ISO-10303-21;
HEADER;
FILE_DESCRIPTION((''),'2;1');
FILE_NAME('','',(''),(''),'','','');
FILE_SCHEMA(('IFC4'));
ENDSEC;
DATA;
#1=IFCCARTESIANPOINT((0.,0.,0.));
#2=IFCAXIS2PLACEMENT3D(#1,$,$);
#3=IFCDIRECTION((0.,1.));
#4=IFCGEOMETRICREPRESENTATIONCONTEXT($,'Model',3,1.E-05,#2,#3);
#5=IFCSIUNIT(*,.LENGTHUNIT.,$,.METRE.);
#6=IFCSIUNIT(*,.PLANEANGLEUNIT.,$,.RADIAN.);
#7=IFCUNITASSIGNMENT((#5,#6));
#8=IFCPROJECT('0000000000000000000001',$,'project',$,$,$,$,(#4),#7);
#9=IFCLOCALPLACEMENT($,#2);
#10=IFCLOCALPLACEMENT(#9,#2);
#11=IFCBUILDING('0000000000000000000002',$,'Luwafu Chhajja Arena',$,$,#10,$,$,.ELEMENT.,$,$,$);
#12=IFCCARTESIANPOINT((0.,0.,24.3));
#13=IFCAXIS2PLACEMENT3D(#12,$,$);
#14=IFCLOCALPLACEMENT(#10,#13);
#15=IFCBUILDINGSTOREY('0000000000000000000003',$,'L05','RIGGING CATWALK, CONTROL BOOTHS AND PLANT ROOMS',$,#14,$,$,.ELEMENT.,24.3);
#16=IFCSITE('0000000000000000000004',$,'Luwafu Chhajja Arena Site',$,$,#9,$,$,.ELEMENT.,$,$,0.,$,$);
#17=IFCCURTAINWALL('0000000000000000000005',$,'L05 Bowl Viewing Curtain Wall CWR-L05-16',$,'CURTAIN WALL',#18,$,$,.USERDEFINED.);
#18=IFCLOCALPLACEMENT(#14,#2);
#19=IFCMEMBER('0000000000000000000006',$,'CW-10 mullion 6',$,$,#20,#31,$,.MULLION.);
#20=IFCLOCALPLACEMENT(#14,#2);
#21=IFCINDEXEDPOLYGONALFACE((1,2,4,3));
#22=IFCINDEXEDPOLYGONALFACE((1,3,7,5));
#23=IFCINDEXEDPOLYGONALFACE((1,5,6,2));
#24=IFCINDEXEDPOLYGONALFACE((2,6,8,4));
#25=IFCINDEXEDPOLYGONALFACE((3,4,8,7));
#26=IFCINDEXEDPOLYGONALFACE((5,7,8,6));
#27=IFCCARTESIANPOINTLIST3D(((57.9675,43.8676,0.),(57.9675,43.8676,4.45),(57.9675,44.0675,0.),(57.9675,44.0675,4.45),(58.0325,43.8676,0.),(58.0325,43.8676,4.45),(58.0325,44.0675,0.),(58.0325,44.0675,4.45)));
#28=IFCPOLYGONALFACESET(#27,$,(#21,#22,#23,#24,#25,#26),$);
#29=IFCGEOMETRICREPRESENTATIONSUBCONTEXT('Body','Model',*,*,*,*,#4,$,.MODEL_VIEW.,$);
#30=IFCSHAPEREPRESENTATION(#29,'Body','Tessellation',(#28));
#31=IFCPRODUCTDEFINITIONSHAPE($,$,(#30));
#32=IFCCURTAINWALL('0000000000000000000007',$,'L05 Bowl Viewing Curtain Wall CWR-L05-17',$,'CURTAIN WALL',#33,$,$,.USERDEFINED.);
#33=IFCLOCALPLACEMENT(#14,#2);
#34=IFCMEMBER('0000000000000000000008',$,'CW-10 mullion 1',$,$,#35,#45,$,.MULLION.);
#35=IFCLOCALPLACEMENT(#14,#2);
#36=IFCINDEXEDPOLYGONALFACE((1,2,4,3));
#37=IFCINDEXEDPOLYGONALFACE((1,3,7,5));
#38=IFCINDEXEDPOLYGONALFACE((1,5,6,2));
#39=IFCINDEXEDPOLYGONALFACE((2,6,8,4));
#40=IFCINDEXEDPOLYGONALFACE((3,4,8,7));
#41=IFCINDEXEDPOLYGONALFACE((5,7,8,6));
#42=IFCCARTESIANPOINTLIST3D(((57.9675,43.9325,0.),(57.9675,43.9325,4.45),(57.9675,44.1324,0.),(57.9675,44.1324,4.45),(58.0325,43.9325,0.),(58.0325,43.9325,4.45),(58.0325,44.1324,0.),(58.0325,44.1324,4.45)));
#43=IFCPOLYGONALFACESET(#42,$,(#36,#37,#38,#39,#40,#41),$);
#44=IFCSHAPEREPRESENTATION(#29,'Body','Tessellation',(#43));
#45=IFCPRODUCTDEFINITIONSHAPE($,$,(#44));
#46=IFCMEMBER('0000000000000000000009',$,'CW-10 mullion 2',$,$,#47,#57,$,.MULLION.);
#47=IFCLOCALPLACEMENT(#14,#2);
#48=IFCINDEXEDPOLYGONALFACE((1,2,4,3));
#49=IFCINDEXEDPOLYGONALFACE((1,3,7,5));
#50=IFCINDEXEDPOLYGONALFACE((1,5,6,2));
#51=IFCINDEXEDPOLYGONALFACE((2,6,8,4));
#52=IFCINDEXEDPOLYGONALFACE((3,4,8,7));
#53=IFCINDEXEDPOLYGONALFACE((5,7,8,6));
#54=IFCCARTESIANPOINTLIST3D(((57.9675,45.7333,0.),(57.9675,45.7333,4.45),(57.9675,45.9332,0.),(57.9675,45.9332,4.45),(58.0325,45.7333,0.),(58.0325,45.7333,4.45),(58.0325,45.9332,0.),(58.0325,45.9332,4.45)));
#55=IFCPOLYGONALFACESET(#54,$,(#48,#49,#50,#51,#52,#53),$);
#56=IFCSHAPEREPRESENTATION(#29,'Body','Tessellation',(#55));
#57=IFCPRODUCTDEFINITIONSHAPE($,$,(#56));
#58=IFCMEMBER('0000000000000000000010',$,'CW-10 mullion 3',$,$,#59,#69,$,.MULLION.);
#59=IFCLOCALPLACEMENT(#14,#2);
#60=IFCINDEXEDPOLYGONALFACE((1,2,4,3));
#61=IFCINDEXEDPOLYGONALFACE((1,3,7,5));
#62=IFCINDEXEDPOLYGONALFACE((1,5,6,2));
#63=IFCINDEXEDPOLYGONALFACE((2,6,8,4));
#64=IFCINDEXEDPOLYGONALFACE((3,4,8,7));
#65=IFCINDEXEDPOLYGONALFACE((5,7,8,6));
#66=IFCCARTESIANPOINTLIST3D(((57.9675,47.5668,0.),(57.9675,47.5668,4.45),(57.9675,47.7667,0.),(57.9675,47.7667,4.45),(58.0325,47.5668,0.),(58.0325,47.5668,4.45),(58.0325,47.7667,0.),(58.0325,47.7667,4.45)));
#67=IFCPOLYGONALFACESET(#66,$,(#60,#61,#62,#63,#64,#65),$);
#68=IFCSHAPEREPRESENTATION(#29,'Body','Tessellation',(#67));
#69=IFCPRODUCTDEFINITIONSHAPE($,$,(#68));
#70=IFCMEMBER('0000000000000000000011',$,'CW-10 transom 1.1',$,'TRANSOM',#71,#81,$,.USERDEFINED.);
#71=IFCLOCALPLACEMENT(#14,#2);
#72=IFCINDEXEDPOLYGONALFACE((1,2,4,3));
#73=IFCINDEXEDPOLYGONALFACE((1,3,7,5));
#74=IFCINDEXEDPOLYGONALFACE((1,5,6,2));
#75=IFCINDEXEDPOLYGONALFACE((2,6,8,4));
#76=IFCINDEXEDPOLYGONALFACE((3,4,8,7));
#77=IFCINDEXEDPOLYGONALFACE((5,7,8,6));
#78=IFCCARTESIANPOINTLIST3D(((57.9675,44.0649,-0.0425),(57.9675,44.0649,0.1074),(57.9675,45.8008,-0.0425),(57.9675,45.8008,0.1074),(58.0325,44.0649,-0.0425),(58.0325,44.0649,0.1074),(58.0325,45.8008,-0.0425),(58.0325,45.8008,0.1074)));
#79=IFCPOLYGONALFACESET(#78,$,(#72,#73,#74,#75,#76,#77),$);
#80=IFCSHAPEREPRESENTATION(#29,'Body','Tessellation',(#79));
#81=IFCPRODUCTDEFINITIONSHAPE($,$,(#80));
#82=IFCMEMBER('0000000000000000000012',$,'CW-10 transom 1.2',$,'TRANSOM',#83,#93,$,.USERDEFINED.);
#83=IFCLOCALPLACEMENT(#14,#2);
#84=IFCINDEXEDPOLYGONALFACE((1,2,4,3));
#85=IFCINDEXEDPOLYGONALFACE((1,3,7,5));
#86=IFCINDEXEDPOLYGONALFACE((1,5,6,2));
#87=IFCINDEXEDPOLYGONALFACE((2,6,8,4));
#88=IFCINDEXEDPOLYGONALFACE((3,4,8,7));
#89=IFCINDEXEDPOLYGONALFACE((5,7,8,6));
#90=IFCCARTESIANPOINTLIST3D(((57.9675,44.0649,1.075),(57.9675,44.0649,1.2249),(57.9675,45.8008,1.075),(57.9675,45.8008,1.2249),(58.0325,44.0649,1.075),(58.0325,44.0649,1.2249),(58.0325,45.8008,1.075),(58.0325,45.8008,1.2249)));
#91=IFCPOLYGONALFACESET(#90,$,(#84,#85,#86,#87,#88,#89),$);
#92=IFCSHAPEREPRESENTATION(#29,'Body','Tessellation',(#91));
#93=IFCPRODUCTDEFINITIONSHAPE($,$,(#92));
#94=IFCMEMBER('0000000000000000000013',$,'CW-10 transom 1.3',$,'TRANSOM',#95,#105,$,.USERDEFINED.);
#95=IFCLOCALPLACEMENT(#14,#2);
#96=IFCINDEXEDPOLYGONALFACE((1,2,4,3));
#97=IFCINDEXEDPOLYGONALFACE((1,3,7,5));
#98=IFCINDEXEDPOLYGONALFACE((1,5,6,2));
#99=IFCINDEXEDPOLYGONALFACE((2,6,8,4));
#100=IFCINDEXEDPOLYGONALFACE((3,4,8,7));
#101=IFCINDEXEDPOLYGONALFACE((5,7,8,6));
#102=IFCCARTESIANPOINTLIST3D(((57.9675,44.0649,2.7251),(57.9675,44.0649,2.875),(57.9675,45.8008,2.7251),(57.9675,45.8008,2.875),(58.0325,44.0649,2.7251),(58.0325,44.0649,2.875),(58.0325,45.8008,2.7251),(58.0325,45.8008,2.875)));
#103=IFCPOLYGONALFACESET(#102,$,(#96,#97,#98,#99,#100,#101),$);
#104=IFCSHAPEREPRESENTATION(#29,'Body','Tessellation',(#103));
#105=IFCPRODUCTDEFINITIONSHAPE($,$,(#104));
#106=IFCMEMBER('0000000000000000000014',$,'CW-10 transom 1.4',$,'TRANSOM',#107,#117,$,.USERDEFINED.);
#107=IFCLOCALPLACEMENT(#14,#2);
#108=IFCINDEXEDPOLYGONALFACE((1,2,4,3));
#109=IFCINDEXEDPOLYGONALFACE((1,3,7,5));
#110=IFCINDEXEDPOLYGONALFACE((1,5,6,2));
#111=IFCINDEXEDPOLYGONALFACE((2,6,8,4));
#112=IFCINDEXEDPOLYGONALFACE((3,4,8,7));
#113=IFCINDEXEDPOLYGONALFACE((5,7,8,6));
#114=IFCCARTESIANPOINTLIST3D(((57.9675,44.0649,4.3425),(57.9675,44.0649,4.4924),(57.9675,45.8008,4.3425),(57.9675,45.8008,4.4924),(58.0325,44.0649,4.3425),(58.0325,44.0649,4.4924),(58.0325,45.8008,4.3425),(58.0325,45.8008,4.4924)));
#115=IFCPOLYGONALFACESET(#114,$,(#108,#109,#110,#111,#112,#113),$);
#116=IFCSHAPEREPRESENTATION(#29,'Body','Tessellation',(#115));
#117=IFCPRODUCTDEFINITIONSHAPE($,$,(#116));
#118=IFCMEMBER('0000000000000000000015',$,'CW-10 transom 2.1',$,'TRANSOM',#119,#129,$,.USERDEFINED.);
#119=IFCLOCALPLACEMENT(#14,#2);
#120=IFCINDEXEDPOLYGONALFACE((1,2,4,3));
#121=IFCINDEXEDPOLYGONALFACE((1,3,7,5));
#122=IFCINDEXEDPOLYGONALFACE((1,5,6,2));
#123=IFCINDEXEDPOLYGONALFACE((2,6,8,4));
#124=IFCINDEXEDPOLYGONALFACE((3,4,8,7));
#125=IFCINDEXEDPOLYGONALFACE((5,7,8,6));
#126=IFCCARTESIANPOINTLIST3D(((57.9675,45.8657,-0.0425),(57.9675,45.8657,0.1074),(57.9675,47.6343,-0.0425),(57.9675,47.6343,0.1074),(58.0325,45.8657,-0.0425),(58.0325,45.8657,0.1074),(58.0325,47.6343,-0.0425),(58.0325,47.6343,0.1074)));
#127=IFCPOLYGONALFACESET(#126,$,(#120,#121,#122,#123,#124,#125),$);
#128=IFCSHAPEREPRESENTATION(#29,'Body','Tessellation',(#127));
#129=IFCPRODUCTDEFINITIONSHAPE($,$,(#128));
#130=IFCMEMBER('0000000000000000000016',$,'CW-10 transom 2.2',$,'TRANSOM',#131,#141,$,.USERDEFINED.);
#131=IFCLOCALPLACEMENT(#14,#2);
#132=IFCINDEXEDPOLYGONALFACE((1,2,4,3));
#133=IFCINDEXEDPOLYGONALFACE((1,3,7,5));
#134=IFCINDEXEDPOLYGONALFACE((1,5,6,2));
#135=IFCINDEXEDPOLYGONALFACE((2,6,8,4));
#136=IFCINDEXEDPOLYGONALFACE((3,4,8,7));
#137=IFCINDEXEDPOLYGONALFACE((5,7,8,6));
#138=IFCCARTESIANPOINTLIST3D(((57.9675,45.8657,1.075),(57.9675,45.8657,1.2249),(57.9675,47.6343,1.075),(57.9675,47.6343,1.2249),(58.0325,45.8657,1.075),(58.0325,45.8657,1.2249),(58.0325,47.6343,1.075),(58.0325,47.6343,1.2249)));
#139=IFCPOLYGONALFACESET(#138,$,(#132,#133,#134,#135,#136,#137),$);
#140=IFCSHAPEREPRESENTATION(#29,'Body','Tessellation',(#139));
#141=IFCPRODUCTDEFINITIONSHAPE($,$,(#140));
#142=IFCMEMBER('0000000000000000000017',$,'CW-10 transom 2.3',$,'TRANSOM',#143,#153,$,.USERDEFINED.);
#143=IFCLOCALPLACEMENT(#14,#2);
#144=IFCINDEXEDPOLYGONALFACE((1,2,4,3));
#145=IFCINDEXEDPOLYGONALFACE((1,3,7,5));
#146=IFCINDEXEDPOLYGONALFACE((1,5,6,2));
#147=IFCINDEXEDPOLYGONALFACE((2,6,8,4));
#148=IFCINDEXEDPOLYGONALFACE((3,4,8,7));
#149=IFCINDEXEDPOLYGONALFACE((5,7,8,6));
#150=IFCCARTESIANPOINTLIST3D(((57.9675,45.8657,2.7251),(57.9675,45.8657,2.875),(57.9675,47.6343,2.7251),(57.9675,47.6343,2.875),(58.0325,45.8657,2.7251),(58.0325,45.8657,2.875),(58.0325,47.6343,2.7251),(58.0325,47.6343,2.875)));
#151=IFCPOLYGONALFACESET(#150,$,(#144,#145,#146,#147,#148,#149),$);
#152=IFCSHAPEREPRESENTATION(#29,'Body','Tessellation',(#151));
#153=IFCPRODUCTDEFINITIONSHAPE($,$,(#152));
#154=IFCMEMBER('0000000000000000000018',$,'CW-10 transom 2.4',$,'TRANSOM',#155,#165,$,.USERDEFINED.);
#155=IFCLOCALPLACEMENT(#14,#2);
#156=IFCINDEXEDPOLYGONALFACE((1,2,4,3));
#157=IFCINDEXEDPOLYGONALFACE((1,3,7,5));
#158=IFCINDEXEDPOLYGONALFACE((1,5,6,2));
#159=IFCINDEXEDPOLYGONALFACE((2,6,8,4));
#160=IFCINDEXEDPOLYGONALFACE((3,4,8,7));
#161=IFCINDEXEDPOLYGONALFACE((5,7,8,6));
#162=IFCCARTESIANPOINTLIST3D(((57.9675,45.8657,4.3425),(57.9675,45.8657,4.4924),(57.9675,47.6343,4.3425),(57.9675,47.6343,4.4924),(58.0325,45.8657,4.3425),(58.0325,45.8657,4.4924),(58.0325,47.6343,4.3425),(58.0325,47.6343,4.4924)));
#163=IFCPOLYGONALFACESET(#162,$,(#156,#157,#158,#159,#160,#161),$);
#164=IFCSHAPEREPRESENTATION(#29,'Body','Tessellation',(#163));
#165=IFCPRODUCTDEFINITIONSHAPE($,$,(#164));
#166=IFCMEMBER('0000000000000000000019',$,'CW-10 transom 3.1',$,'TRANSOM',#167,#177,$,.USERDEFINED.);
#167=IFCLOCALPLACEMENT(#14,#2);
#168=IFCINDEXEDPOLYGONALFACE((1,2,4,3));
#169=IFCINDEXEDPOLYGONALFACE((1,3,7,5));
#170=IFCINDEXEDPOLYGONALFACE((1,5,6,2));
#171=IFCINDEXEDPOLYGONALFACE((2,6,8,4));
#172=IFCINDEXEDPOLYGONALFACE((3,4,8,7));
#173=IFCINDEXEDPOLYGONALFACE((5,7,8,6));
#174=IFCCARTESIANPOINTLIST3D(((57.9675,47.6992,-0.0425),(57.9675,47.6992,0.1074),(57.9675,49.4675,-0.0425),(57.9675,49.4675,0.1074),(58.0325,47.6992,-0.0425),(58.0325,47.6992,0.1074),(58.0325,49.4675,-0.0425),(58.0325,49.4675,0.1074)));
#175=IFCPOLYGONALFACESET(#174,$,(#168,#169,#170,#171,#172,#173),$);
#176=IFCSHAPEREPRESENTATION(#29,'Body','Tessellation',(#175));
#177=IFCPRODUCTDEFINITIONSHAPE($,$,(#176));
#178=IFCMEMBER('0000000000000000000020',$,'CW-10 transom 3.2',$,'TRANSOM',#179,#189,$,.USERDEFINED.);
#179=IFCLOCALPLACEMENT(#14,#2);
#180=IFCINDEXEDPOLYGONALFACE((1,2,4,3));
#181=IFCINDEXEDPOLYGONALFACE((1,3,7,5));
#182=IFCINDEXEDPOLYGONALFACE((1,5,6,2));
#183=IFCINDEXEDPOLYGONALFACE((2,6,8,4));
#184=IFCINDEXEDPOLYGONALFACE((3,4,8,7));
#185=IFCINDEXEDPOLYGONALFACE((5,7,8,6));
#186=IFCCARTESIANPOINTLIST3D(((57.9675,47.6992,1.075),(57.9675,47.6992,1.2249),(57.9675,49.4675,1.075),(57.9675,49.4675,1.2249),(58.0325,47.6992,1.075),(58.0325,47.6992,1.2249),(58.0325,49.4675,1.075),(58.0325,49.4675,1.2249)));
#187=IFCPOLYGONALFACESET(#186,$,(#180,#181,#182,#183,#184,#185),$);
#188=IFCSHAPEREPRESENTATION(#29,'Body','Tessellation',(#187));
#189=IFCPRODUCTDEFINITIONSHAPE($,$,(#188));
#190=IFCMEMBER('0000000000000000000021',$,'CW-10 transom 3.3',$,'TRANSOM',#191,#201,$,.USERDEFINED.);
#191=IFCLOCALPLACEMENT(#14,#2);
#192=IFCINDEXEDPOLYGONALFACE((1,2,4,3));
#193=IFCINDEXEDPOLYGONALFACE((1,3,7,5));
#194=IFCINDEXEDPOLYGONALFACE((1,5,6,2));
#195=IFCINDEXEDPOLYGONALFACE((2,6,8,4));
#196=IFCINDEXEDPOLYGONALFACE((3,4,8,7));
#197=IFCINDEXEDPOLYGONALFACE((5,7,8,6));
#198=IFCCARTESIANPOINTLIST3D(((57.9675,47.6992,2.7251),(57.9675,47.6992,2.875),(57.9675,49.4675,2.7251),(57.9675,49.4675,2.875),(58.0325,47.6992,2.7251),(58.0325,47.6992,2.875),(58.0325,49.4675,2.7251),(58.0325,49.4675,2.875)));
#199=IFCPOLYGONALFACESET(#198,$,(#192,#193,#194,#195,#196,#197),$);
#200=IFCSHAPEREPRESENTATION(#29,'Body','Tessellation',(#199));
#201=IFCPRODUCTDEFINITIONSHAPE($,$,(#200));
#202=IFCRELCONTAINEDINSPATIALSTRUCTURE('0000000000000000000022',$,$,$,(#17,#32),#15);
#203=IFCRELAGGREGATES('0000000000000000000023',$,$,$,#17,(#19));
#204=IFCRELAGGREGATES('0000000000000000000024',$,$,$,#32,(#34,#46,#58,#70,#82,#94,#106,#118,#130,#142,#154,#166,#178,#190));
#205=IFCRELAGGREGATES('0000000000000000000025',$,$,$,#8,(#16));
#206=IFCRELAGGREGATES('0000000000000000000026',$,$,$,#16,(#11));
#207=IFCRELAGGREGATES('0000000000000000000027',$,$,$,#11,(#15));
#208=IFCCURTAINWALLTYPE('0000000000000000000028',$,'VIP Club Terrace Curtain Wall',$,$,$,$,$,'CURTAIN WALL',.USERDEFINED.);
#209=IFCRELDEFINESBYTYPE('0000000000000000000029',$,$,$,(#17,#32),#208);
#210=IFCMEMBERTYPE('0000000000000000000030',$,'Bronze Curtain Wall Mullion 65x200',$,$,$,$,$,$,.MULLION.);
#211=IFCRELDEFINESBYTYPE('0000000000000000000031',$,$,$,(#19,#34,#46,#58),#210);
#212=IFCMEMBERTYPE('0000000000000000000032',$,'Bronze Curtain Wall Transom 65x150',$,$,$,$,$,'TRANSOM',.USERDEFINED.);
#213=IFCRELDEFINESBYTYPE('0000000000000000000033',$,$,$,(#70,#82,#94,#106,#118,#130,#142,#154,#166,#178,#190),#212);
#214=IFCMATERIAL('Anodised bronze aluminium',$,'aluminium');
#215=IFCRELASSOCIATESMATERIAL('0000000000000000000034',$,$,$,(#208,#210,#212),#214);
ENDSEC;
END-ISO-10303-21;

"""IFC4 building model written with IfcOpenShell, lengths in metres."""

from ifc_helpers import new_model, si_unit, direction, frame, origin, origin_2d, place, context, subcontext, project, spatial, rectangle, extrude, material, material_profile, profile_set, type_object, element, aggregate, save


model = new_model("IFC4")

# Units and contexts
model_context = context("Model", 3, precision=1e-05, world=origin(), true_north=direction((0.0, 1.0)))
body_context = subcontext(model_context, "Body", "Model", "MODEL_VIEW")
ifc_project = project(units=[si_unit("LENGTHUNIT", "METRE"), si_unit("PLANEANGLEUNIT", "RADIAN")], contexts=[model_context])

# Site, building, storey
site_placement = place(None, origin())
site = spatial("IfcSite", under=ifc_project, at=site_placement, Name="Luwafu Chhajja Arena Site", CompositionType="ELEMENT", RefElevation=0.0)
building_placement = place(site_placement, origin())
building = spatial("IfcBuilding", under=site, at=building_placement, Name="Luwafu Chhajja Arena", CompositionType="ELEMENT")
storey_placement = place(building_placement, frame((0.0, 0.0, 24.3)))
storey = spatial("IfcBuildingStorey", under=building, at=storey_placement, Name="L05", Description="RIGGING CATWALK, CONTROL BOOTHS AND PLANT ROOMS", CompositionType="ELEMENT", Elevation=24.3)

# Curtain wall, member
ifc_material_1 = material(Name="Anodised bronze aluminium", Category="aluminium")
curtain_wall_type = type_object("IfcCurtainWallType", Name="VIP Club Terrace Curtain Wall", ElementType="CURTAIN WALL", PredefinedType="USERDEFINED", material=ifc_material_1)
curtain_wall_1_placement = place(storey_placement, origin())
curtain_wall_1 = element("IfcCurtainWall", 1, at=curtain_wall_1_placement, inside=storey, type_object=curtain_wall_type, Name="L05 Bowl Viewing Curtain Wall CWR-L05-16", ObjectType="CURTAIN WALL", PredefinedType="USERDEFINED")
ifc_material_profile_1 = material_profile(ifc_material_1, rectangle(XDim=0.0649, YDim=0.2, at=origin_2d()), Name="CWM 65x200")
ifc_profile_set_1 = profile_set([ifc_material_profile_1], Name="Anodised bronze aluminium")
member_type_1 = type_object("IfcMemberType", Name="Bronze Curtain Wall Mullion 65x200", PredefinedType="MULLION", material=ifc_profile_set_1)
member_1_placement = place(storey_placement, frame((58.0, 43.9675, 0.0), z_axis=(0.0, 0.0, 1.0), x_axis=(-1.0, 0.0, 0.0)))
member_1 = element("IfcMember", 2, at=member_1_placement, type_object=member_type_1, Name="CW-10 mullion 6", PredefinedType="MULLION", context=body_context, shape_type="SweptSolid", body=[
    extrude(rectangle(XDim=0.0649, YDim=0.2, at=origin_2d()), origin(), (0.0, 0.0, 1.0), 4.45),
])

# Curtain wall, members
curtain_wall_2_placement = place(storey_placement, origin())
curtain_wall_2 = element("IfcCurtainWall", 3, at=curtain_wall_2_placement, inside=storey, type_object=curtain_wall_type, Name="L05 Bowl Viewing Curtain Wall CWR-L05-17", ObjectType="CURTAIN WALL", PredefinedType="USERDEFINED")
member_2_placement = place(storey_placement, frame((58.0, 44.0325, 0.0), z_axis=(0.0, 0.0, 1.0), x_axis=(-1.0, 0.0, 0.0)))
member_2 = element("IfcMember", 4, at=member_2_placement, type_object=member_type_1, Name="CW-10 mullion 1", PredefinedType="MULLION", context=body_context, shape_type="SweptSolid", body=[
    extrude(rectangle(XDim=0.0649, YDim=0.2, at=origin_2d()), origin(), (0.0, 0.0, 1.0), 4.45),
])
member_3_placement = place(storey_placement, frame((58.0, 45.8333, 0.0), z_axis=(0.0, 0.0, 1.0), x_axis=(-1.0, 0.0, 0.0)))
member_3 = element("IfcMember", 5, at=member_3_placement, type_object=member_type_1, Name="CW-10 mullion 2", PredefinedType="MULLION", context=body_context, shape_type="SweptSolid", body=[
    extrude(rectangle(XDim=0.0649, YDim=0.2, at=origin_2d()), origin(), (0.0, 0.0, 1.0), 4.45),
])
member_4_placement = place(storey_placement, frame((58.0, 47.6667, 0.0), z_axis=(0.0, 0.0, 1.0), x_axis=(-1.0, 0.0, 0.0)))
member_4 = element("IfcMember", 6, at=member_4_placement, type_object=member_type_1, Name="CW-10 mullion 3", PredefinedType="MULLION", context=body_context, shape_type="SweptSolid", body=[
    extrude(rectangle(XDim=0.0649, YDim=0.2, at=origin_2d()), origin(), (0.0, 0.0, 1.0), 4.45),
])
ifc_material_profile_2 = material_profile(ifc_material_1, rectangle(XDim=0.0649, YDim=0.1499, at=origin_2d()), Name="CWT 65x150")
ifc_profile_set_2 = profile_set([ifc_material_profile_2], Name="Anodised bronze aluminium")
member_type_2 = type_object("IfcMemberType", Name="Bronze Curtain Wall Transom 65x150", ElementType="TRANSOM", PredefinedType="USERDEFINED", material=ifc_profile_set_2)
member_5_placement = place(storey_placement, frame((58.0, 44.0649, 0.0325), z_axis=(0.0, 1.0, 0.0), x_axis=(-1.0, 0.0, 0.0)))
member_5 = element("IfcMember", 7, at=member_5_placement, type_object=member_type_2, Name="CW-10 transom 1.1", ObjectType="TRANSOM", PredefinedType="USERDEFINED", context=body_context, shape_type="SweptSolid", body=[
    extrude(rectangle(XDim=0.0649, YDim=0.1499, at=origin_2d()), origin(), (0.0, 0.0, 1.0), 1.7358),
])
member_6_placement = place(storey_placement, frame((58.0, 44.0649, 1.1499), z_axis=(0.0, 1.0, 0.0), x_axis=(-1.0, 0.0, 0.0)))
member_6 = element("IfcMember", 8, at=member_6_placement, type_object=member_type_2, Name="CW-10 transom 1.2", ObjectType="TRANSOM", PredefinedType="USERDEFINED", context=body_context, shape_type="SweptSolid", body=[
    extrude(rectangle(XDim=0.0649, YDim=0.1499, at=origin_2d()), origin(), (0.0, 0.0, 1.0), 1.7358),
])
member_7_placement = place(storey_placement, frame((58.0, 44.0649, 2.8), z_axis=(0.0, 1.0, 0.0), x_axis=(-1.0, 0.0, 0.0)))
member_7 = element("IfcMember", 9, at=member_7_placement, type_object=member_type_2, Name="CW-10 transom 1.3", ObjectType="TRANSOM", PredefinedType="USERDEFINED", context=body_context, shape_type="SweptSolid", body=[
    extrude(rectangle(XDim=0.0649, YDim=0.1499, at=origin_2d()), origin(), (0.0, 0.0, 1.0), 1.7358),
])
member_8_placement = place(storey_placement, frame((58.0, 44.0649, 4.4175), z_axis=(0.0, 1.0, 0.0), x_axis=(-1.0, 0.0, 0.0)))
member_8 = element("IfcMember", 10, at=member_8_placement, type_object=member_type_2, Name="CW-10 transom 1.4", ObjectType="TRANSOM", PredefinedType="USERDEFINED", context=body_context, shape_type="SweptSolid", body=[
    extrude(rectangle(XDim=0.0649, YDim=0.1499, at=origin_2d()), origin(), (0.0, 0.0, 1.0), 1.7358),
])
member_9_placement = place(storey_placement, frame((58.0, 45.8657, 0.0325), z_axis=(0.0, 1.0, 0.0), x_axis=(-1.0, 0.0, 0.0)))
member_9 = element("IfcMember", 11, at=member_9_placement, type_object=member_type_2, Name="CW-10 transom 2.1", ObjectType="TRANSOM", PredefinedType="USERDEFINED", context=body_context, shape_type="SweptSolid", body=[
    extrude(rectangle(XDim=0.0649, YDim=0.1499, at=origin_2d()), origin(), (0.0, 0.0, 1.0), 1.7686),
])
member_10_placement = place(storey_placement, frame((58.0, 45.8657, 1.1499), z_axis=(0.0, 1.0, 0.0), x_axis=(-1.0, 0.0, 0.0)))
member_10 = element("IfcMember", 12, at=member_10_placement, type_object=member_type_2, Name="CW-10 transom 2.2", ObjectType="TRANSOM", PredefinedType="USERDEFINED", context=body_context, shape_type="SweptSolid", body=[
    extrude(rectangle(XDim=0.0649, YDim=0.1499, at=origin_2d()), origin(), (0.0, 0.0, 1.0), 1.7686),
])
member_11_placement = place(storey_placement, frame((58.0, 45.8657, 2.8), z_axis=(0.0, 1.0, 0.0), x_axis=(-1.0, 0.0, 0.0)))
member_11 = element("IfcMember", 13, at=member_11_placement, type_object=member_type_2, Name="CW-10 transom 2.3", ObjectType="TRANSOM", PredefinedType="USERDEFINED", context=body_context, shape_type="SweptSolid", body=[
    extrude(rectangle(XDim=0.0649, YDim=0.1499, at=origin_2d()), origin(), (0.0, 0.0, 1.0), 1.7686),
])
member_12_placement = place(storey_placement, frame((58.0, 45.8657, 4.4175), z_axis=(0.0, 1.0, 0.0), x_axis=(-1.0, 0.0, 0.0)))
member_12 = element("IfcMember", 14, at=member_12_placement, type_object=member_type_2, Name="CW-10 transom 2.4", ObjectType="TRANSOM", PredefinedType="USERDEFINED", context=body_context, shape_type="SweptSolid", body=[
    extrude(rectangle(XDim=0.0649, YDim=0.1499, at=origin_2d()), origin(), (0.0, 0.0, 1.0), 1.7686),
])
member_13_placement = place(storey_placement, frame((58.0, 47.6992, 0.0325), z_axis=(0.0, 1.0, 0.0), x_axis=(-1.0, 0.0, 0.0)))
member_13 = element("IfcMember", 15, at=member_13_placement, type_object=member_type_2, Name="CW-10 transom 3.1", ObjectType="TRANSOM", PredefinedType="USERDEFINED", context=body_context, shape_type="SweptSolid", body=[
    extrude(rectangle(XDim=0.0649, YDim=0.1499, at=origin_2d()), origin(), (0.0, 0.0, 1.0), 1.7683),
])
member_14_placement = place(storey_placement, frame((58.0, 47.6992, 1.1499), z_axis=(0.0, 1.0, 0.0), x_axis=(-1.0, 0.0, 0.0)))
member_14 = element("IfcMember", 16, at=member_14_placement, type_object=member_type_2, Name="CW-10 transom 3.2", ObjectType="TRANSOM", PredefinedType="USERDEFINED", context=body_context, shape_type="SweptSolid", body=[
    extrude(rectangle(XDim=0.0649, YDim=0.1499, at=origin_2d()), origin(), (0.0, 0.0, 1.0), 1.7683),
])
member_15_placement = place(storey_placement, frame((58.0, 47.6992, 2.8), z_axis=(0.0, 1.0, 0.0), x_axis=(-1.0, 0.0, 0.0)))
member_15 = element("IfcMember", 17, at=member_15_placement, type_object=member_type_2, Name="CW-10 transom 3.3", ObjectType="TRANSOM", PredefinedType="USERDEFINED", context=body_context, shape_type="SweptSolid", body=[
    extrude(rectangle(XDim=0.0649, YDim=0.1499, at=origin_2d()), origin(), (0.0, 0.0, 1.0), 1.7683),
])

aggregate(curtain_wall_1, [member_1])
aggregate(curtain_wall_2, [member_2, member_3, member_4, member_5, member_6, member_7, member_8, member_9, member_10, member_11, member_12, member_13, member_14, member_15])

save(model, "model.ifc")
